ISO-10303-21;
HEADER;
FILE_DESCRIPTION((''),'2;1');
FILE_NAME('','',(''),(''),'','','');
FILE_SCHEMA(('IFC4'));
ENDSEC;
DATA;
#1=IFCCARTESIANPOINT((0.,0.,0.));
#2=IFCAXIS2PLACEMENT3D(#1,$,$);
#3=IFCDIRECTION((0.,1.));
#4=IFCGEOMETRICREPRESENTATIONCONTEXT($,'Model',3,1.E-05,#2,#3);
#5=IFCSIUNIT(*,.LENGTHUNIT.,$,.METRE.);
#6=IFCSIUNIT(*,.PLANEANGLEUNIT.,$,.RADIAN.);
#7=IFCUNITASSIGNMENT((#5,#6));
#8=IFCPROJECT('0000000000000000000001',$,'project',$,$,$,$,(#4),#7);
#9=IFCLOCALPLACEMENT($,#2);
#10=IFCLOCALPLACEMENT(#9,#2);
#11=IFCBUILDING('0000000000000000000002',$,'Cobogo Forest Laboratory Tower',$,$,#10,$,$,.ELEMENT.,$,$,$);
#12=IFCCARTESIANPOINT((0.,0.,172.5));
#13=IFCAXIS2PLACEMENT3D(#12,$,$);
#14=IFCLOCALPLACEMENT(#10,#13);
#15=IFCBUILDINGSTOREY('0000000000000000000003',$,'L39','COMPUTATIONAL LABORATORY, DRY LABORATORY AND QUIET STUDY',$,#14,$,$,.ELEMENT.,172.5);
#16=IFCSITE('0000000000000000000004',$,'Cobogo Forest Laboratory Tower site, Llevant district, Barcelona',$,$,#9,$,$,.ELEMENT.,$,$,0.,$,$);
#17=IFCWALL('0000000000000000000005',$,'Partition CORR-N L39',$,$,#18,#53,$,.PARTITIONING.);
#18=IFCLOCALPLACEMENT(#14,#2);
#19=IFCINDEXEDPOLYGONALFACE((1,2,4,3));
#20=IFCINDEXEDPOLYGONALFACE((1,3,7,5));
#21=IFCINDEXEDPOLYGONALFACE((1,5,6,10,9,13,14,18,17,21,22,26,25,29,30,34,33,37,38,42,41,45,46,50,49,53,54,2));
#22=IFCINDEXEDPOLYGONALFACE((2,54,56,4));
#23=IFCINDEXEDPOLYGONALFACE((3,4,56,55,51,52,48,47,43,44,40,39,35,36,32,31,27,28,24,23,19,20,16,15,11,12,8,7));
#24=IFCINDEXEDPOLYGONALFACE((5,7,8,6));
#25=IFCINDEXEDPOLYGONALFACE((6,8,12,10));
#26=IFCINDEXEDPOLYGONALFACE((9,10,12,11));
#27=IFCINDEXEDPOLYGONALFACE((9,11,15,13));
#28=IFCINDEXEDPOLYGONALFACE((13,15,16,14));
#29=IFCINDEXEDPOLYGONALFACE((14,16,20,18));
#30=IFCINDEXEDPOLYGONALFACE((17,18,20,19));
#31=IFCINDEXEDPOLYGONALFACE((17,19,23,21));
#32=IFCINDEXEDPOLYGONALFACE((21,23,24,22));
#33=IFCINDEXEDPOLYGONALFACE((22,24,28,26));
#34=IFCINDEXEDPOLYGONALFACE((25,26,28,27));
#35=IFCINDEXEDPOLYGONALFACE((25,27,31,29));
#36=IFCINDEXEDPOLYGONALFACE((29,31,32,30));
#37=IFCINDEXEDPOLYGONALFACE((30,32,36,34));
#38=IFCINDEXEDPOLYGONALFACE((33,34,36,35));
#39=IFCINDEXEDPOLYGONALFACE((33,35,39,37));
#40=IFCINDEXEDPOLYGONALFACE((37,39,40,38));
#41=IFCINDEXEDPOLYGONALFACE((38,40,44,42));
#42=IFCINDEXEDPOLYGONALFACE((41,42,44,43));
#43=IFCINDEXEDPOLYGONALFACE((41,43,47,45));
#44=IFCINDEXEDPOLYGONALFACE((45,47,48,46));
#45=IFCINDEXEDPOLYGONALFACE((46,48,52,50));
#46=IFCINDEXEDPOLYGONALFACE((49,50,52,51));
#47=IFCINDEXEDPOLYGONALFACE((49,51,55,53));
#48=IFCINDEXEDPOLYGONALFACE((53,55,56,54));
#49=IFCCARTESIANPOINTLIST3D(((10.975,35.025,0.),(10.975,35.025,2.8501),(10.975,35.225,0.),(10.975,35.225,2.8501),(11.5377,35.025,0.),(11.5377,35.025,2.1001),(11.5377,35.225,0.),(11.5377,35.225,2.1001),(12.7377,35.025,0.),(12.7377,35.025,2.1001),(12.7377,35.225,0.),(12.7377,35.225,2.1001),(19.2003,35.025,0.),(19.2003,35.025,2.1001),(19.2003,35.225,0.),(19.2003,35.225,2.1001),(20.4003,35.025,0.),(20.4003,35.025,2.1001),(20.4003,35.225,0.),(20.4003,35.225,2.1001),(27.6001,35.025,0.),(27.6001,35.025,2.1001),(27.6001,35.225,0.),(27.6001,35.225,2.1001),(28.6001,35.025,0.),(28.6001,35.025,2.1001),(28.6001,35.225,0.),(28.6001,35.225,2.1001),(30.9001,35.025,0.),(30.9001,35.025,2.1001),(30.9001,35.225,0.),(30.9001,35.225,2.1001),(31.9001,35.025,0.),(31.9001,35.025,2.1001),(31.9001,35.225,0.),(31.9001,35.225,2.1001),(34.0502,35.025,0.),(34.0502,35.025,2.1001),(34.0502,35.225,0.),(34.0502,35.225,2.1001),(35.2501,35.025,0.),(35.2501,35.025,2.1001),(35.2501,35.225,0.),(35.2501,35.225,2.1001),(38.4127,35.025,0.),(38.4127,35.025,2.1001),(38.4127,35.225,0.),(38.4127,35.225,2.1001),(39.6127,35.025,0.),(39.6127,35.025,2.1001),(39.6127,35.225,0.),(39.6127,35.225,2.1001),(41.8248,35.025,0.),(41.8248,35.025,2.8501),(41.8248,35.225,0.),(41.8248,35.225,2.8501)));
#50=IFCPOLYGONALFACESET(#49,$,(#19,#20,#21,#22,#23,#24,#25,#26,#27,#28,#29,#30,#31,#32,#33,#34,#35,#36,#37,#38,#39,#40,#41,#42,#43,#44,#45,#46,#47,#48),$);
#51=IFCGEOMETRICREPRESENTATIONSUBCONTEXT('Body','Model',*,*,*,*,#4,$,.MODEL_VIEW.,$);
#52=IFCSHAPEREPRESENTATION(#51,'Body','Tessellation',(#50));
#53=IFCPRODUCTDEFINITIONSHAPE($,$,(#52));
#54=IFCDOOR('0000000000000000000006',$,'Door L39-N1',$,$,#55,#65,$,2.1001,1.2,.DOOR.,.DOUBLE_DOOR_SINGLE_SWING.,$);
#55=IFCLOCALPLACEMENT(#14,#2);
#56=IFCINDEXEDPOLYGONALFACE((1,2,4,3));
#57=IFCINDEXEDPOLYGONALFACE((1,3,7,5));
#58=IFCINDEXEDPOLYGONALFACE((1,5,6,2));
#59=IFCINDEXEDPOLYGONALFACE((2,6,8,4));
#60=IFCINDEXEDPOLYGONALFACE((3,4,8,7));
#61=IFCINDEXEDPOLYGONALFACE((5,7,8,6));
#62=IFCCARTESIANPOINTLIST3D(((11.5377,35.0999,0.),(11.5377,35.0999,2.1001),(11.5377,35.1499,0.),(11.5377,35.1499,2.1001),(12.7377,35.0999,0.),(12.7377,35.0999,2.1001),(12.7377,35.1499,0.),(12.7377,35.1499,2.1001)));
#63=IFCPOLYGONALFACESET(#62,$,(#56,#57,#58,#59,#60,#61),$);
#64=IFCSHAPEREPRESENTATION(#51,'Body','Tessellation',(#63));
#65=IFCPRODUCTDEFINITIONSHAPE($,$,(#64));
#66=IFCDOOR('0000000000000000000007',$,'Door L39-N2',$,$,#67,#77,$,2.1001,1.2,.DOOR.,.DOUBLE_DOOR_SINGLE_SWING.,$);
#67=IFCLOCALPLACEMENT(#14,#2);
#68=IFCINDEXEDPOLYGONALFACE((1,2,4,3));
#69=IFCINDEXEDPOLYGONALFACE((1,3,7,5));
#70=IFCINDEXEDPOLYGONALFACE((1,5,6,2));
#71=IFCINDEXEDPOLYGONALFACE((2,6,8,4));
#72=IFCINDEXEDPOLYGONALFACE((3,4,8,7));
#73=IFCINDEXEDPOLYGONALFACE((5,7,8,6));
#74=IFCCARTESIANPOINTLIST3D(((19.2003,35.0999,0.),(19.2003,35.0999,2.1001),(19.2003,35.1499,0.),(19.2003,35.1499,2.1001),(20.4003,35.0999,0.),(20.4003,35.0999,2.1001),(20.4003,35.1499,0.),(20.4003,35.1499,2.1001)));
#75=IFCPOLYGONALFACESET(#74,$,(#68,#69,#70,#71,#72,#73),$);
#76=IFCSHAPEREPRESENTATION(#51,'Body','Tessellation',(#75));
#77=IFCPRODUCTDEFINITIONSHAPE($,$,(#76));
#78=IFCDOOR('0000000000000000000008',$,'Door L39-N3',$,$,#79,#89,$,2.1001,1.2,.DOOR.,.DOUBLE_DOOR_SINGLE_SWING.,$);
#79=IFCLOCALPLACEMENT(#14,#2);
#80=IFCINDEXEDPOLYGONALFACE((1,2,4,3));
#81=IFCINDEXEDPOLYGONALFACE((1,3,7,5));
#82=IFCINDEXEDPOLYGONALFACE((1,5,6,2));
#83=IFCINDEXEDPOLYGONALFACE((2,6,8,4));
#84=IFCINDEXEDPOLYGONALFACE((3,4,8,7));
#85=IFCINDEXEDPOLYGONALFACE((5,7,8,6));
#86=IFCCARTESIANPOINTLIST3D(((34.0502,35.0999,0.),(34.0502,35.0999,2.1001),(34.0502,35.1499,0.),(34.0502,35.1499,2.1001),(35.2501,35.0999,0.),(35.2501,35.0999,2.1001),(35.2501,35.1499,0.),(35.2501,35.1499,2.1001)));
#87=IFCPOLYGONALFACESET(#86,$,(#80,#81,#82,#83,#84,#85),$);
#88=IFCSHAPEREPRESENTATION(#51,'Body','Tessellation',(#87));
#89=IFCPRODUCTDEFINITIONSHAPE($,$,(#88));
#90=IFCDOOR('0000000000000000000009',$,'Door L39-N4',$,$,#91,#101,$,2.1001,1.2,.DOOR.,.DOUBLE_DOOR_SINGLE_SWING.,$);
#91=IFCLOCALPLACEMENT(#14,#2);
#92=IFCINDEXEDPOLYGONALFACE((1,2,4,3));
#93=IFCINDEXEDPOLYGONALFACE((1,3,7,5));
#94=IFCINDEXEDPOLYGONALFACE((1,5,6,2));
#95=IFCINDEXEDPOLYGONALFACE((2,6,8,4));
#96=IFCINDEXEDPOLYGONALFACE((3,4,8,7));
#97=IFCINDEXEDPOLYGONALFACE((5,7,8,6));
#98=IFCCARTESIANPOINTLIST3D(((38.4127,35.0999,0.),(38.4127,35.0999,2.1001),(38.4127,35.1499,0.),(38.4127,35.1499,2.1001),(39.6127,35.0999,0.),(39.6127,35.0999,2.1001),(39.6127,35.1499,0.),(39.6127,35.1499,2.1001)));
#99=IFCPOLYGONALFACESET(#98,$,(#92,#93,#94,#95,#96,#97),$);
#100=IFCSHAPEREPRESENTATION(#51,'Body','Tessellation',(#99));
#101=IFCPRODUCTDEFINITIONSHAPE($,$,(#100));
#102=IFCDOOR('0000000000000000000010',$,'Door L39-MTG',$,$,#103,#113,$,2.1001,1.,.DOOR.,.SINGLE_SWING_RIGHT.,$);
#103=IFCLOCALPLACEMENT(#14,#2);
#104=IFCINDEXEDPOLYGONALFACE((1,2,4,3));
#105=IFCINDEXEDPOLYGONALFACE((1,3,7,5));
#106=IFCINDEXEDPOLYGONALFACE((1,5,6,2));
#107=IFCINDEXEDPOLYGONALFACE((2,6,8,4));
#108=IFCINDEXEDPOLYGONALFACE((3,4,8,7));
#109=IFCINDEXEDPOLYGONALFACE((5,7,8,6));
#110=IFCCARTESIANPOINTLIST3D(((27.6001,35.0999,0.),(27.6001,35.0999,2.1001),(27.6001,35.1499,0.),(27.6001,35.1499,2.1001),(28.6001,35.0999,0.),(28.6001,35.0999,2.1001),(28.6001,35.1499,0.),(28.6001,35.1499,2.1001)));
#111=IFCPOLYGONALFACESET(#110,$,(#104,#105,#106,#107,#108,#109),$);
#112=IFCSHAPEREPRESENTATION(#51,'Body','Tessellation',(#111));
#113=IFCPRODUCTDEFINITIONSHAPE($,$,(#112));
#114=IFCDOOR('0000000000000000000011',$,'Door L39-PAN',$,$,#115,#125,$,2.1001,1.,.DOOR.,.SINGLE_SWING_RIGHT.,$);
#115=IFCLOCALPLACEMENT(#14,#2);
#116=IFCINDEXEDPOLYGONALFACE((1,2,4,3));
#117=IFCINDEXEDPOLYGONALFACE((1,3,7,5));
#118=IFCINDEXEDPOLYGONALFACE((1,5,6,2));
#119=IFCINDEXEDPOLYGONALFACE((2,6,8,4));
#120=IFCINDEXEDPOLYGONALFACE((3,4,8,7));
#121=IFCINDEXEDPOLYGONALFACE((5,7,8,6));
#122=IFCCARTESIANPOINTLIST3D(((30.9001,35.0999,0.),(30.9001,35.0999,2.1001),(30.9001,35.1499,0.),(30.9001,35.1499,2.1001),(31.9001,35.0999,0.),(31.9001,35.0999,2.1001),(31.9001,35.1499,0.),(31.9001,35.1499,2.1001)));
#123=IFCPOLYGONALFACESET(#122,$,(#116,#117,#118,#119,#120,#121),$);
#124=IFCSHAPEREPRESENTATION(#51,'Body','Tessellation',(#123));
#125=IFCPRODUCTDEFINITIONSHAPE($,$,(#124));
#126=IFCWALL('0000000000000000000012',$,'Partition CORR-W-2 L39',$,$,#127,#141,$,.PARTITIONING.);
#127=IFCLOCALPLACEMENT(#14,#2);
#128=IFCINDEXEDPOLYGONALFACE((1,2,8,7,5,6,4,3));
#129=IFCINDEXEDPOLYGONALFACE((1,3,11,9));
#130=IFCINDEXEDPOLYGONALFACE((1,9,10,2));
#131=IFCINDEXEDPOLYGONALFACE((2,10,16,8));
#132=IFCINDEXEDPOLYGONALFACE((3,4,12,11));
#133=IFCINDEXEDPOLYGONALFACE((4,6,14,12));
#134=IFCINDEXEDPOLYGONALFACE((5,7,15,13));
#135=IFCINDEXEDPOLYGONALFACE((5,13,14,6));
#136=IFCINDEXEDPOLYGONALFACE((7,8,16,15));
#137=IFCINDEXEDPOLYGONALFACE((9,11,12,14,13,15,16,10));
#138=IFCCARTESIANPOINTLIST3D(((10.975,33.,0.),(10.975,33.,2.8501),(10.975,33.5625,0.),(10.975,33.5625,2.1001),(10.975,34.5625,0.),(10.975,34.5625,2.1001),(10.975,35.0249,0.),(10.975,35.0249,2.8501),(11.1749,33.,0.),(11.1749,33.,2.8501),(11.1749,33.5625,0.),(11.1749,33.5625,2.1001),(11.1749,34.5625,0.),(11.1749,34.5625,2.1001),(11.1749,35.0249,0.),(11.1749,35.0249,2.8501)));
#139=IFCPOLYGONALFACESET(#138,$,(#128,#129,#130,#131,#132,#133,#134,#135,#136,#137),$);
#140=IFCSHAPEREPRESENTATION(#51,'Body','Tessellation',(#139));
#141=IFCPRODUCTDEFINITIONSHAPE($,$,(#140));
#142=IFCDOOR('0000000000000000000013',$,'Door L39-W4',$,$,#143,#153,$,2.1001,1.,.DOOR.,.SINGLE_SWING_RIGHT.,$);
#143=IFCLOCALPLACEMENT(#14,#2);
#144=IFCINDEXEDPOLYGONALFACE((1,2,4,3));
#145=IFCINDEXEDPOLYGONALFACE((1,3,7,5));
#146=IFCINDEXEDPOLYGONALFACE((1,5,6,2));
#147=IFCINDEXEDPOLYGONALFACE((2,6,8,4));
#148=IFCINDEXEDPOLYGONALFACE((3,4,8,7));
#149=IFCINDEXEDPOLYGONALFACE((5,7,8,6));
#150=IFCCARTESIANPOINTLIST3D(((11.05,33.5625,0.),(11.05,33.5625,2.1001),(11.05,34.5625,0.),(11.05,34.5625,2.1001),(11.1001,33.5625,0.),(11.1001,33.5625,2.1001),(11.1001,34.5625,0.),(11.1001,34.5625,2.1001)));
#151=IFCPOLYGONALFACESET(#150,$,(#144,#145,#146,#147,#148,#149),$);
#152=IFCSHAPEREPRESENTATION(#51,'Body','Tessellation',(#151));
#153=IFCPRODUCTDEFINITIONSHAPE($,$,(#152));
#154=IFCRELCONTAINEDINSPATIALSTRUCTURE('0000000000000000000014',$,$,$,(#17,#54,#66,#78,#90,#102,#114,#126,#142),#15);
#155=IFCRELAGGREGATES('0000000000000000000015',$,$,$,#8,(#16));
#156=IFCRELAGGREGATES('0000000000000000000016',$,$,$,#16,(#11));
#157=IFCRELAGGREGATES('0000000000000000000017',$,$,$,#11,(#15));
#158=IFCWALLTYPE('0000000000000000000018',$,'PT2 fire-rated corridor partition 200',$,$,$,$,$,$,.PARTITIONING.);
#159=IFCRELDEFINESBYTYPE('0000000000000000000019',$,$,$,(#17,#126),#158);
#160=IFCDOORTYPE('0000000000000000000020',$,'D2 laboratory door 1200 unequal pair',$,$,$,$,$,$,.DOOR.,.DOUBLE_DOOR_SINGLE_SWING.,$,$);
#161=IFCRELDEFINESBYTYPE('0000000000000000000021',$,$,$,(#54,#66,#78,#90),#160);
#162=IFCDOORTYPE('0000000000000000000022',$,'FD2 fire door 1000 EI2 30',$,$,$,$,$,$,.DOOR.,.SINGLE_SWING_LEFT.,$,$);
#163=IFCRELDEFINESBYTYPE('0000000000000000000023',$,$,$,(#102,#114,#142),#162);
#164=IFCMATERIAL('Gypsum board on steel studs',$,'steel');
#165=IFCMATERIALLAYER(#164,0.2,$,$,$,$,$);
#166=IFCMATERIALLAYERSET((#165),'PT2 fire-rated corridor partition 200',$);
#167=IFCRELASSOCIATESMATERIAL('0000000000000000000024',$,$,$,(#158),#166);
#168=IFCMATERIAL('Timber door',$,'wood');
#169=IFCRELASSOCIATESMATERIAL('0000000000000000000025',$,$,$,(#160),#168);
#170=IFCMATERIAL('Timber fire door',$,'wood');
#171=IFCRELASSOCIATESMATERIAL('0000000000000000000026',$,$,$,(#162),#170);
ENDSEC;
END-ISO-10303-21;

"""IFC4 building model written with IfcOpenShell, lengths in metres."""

from ifc_helpers import new_model, si_unit, direction, frame, frame_2d, origin, place, context, subcontext, project, spatial, rectangle, extrude, material, layer, layer_set, type_object, element, fill, save


model = new_model("IFC4")

# Units and contexts
model_context = context("Model", 3, precision=1e-05, world=origin(), true_north=direction((0.0, 1.0)))
body_context = subcontext(model_context, "Body", "Model", "MODEL_VIEW")
ifc_project = project(units=[si_unit("LENGTHUNIT", "METRE"), si_unit("PLANEANGLEUNIT", "RADIAN")], contexts=[model_context])

# Site, building, storey
site_placement = place(None, origin())
site = spatial("IfcSite", under=ifc_project, at=site_placement, Name="Cobogo Forest Laboratory Tower site, Llevant district, Barcelona", CompositionType="ELEMENT", RefElevation=0.0)
building_placement = place(site_placement, origin())
building = spatial("IfcBuilding", under=site, at=building_placement, Name="Cobogo Forest Laboratory Tower", CompositionType="ELEMENT")
storey_placement = place(building_placement, frame((0.0, 0.0, 172.5)))
storey = spatial("IfcBuildingStorey", under=building, at=storey_placement, Name="L39", Description="COMPUTATIONAL LABORATORY, DRY LABORATORY AND QUIET STUDY", CompositionType="ELEMENT", Elevation=172.5)

# Shared definitions
ifc_material_1 = material(Name="Gypsum board on steel studs", Category="steel")

# Wall, openings, doors
ifc_layer_1 = layer(ifc_material_1, 0.2)
ifc_layer_set_1 = layer_set([ifc_layer_1], Name="PT2 fire-rated corridor partition 200")
wall_type_1 = type_object("IfcWallType", Name="PT2 fire-rated corridor partition 200", PredefinedType="PARTITIONING", material=ifc_layer_set_1)
wall_1_placement = place(storey_placement, frame((10.9751, 35.125, 0.0), z_axis=(0.0, 0.0, 1.0), x_axis=(1.0, 0.0, 0.0)))
wall_1 = element("IfcWall", 1, at=wall_1_placement, inside=storey, type_object=wall_type_1, Name="Partition CORR-N L39", PredefinedType="PARTITIONING", context=body_context, shape_type="SweptSolid", body=[
    extrude(rectangle(XDim=30.8499, YDim=0.2, at=frame_2d((15.4248, 0.0))), origin(), (0.0, 0.0, 1.0), 2.8501),
])
opening_1_placement = place(wall_1_placement, frame((0.5625, 0.0, 0.0)))
opening_1 = element("IfcOpeningElement", 2, at=opening_1_placement, cuts=wall_1, PredefinedType="OPENING", context=body_context, shape_type="SweptSolid", body=[
    extrude(rectangle(XDim=1.2, YDim=2.1001, at=frame_2d((0.6001, 1.05))), frame((0.0, 0.1099, 0.0), z_axis=(0.0, -1.0, 0.0), x_axis=(1.0, 0.0, 0.0)), (0.0, 0.0, 1.0), 0.22),
])
opening_2_placement = place(wall_1_placement, frame((8.2251, 0.0, 0.0)))
opening_2 = element("IfcOpeningElement", 3, at=opening_2_placement, cuts=wall_1, PredefinedType="OPENING", context=body_context, shape_type="SweptSolid", body=[
    extrude(rectangle(XDim=1.2, YDim=2.1001, at=frame_2d((0.6001, 1.05))), frame((0.0, 0.1099, 0.0), z_axis=(0.0, -1.0, 0.0), x_axis=(1.0, 0.0, 0.0)), (0.0, 0.0, 1.0), 0.22),
])
opening_3_placement = place(wall_1_placement, frame((16.625, 0.0, 0.0)))
opening_3 = element("IfcOpeningElement", 4, at=opening_3_placement, cuts=wall_1, PredefinedType="OPENING", context=body_context, shape_type="SweptSolid", body=[
    extrude(rectangle(XDim=1.0, YDim=2.1001, at=frame_2d((0.5, 1.05))), frame((0.0, 0.1099, 0.0), z_axis=(0.0, -1.0, 0.0), x_axis=(1.0, 0.0, 0.0)), (0.0, 0.0, 1.0), 0.22),
])
opening_4_placement = place(wall_1_placement, frame((19.925, 0.0, 0.0)))
opening_4 = element("IfcOpeningElement", 5, at=opening_4_placement, cuts=wall_1, PredefinedType="OPENING", context=body_context, shape_type="SweptSolid", body=[
    extrude(rectangle(XDim=1.0, YDim=2.1001, at=frame_2d((0.5, 1.05))), frame((0.0, 0.1099, 0.0), z_axis=(0.0, -1.0, 0.0), x_axis=(1.0, 0.0, 0.0)), (0.0, 0.0, 1.0), 0.22),
])
opening_5_placement = place(wall_1_placement, frame((23.075, 0.0, 0.0)))
opening_5 = element("IfcOpeningElement", 6, at=opening_5_placement, cuts=wall_1, PredefinedType="OPENING", context=body_context, shape_type="SweptSolid", body=[
    extrude(rectangle(XDim=1.2, YDim=2.1001, at=frame_2d((0.6001, 1.05))), frame((0.0, 0.1099, 0.0), z_axis=(0.0, -1.0, 0.0), x_axis=(1.0, 0.0, 0.0)), (0.0, 0.0, 1.0), 0.22),
])
opening_6_placement = place(wall_1_placement, frame((27.4375, 0.0, 0.0)))
opening_6 = element("IfcOpeningElement", 7, at=opening_6_placement, cuts=wall_1, PredefinedType="OPENING", context=body_context, shape_type="SweptSolid", body=[
    extrude(rectangle(XDim=1.2, YDim=2.1001, at=frame_2d((0.6001, 1.05))), frame((0.0, 0.1099, 0.0), z_axis=(0.0, -1.0, 0.0), x_axis=(1.0, 0.0, 0.0)), (0.0, 0.0, 1.0), 0.22),
])
ifc_material_2 = material(Name="Timber door", Category="wood")
door_type_1 = type_object("IfcDoorType", Name="D2 laboratory door 1200 unequal pair", OperationType="DOUBLE_DOOR_SINGLE_SWING", PredefinedType="DOOR", material=ifc_material_2)
door_1_placement = place(opening_1_placement, origin())
door_1 = element("IfcDoor", 8, at=door_1_placement, inside=storey, type_object=door_type_1, Name="Door L39-N1", OperationType="DOUBLE_DOOR_SINGLE_SWING", OverallHeight=2.1001, OverallWidth=1.2, PredefinedType="DOOR", context=body_context, shape_type="SweptSolid", body=[
    extrude(rectangle(XDim=1.2, YDim=2.1001, at=frame_2d((0.6001, 1.05))), frame((0.0, 0.0249, 0.0), z_axis=(0.0, -1.0, 0.0), x_axis=(1.0, 0.0, 0.0)), (0.0, 0.0, 1.0), 0.05),
])
fill(opening_1, door_1)
door_2_placement = place(opening_2_placement, origin())
door_2 = element("IfcDoor", 9, at=door_2_placement, inside=storey, type_object=door_type_1, Name="Door L39-N2", OperationType="DOUBLE_DOOR_SINGLE_SWING", OverallHeight=2.1001, OverallWidth=1.2, PredefinedType="DOOR", context=body_context, shape_type="SweptSolid", body=[
    extrude(rectangle(XDim=1.2, YDim=2.1001, at=frame_2d((0.6001, 1.05))), frame((0.0, 0.0249, 0.0), z_axis=(0.0, -1.0, 0.0), x_axis=(1.0, 0.0, 0.0)), (0.0, 0.0, 1.0), 0.05),
])
fill(opening_2, door_2)
door_3_placement = place(opening_5_placement, origin())
door_3 = element("IfcDoor", 10, at=door_3_placement, inside=storey, type_object=door_type_1, Name="Door L39-N3", OperationType="DOUBLE_DOOR_SINGLE_SWING", OverallHeight=2.1001, OverallWidth=1.2, PredefinedType="DOOR", context=body_context, shape_type="SweptSolid", body=[
    extrude(rectangle(XDim=1.2, YDim=2.1001, at=frame_2d((0.6001, 1.05))), frame((0.0, 0.0249, 0.0), z_axis=(0.0, -1.0, 0.0), x_axis=(1.0, 0.0, 0.0)), (0.0, 0.0, 1.0), 0.05),
])
fill(opening_5, door_3)
door_4_placement = place(opening_6_placement, origin())
door_4 = element("IfcDoor", 11, at=door_4_placement, inside=storey, type_object=door_type_1, Name="Door L39-N4", OperationType="DOUBLE_DOOR_SINGLE_SWING", OverallHeight=2.1001, OverallWidth=1.2, PredefinedType="DOOR", context=body_context, shape_type="SweptSolid", body=[
    extrude(rectangle(XDim=1.2, YDim=2.1001, at=frame_2d((0.6001, 1.05))), frame((0.0, 0.0249, 0.0), z_axis=(0.0, -1.0, 0.0), x_axis=(1.0, 0.0, 0.0)), (0.0, 0.0, 1.0), 0.05),
])
fill(opening_6, door_4)
ifc_material_3 = material(Name="Timber fire door", Category="wood")
door_type_2 = type_object("IfcDoorType", Name="FD2 fire door 1000 EI2 30", OperationType="SINGLE_SWING_LEFT", PredefinedType="DOOR", material=ifc_material_3)
door_5_placement = place(opening_3_placement, origin())
door_5 = element("IfcDoor", 12, at=door_5_placement, inside=storey, type_object=door_type_2, Name="Door L39-MTG", OperationType="SINGLE_SWING_RIGHT", OverallHeight=2.1001, OverallWidth=1.0, PredefinedType="DOOR", context=body_context, shape_type="SweptSolid", body=[
    extrude(rectangle(XDim=1.0, YDim=2.1001, at=frame_2d((0.5, 1.05))), frame((0.0, 0.0249, 0.0), z_axis=(0.0, -1.0, 0.0), x_axis=(1.0, 0.0, 0.0)), (0.0, 0.0, 1.0), 0.05),
])
fill(opening_3, door_5)
door_6_placement = place(opening_4_placement, origin())
door_6 = element("IfcDoor", 13, at=door_6_placement, inside=storey, type_object=door_type_2, Name="Door L39-PAN", OperationType="SINGLE_SWING_RIGHT", OverallHeight=2.1001, OverallWidth=1.0, PredefinedType="DOOR", context=body_context, shape_type="SweptSolid", body=[
    extrude(rectangle(XDim=1.0, YDim=2.1001, at=frame_2d((0.5, 1.05))), frame((0.0, 0.0249, 0.0), z_axis=(0.0, -1.0, 0.0), x_axis=(1.0, 0.0, 0.0)), (0.0, 0.0, 1.0), 0.05),
])
fill(opening_4, door_6)

# Wall, opening, door
wall_2_placement = place(storey_placement, frame((11.075, 33.0, 0.0), z_axis=(0.0, 0.0, 1.0), x_axis=(0.0, 1.0, 0.0)))
wall_2 = element("IfcWall", 14, at=wall_2_placement, inside=storey, type_object=wall_type_1, Name="Partition CORR-W-2 L39", PredefinedType="PARTITIONING", context=body_context, shape_type="SweptSolid", body=[
    extrude(rectangle(XDim=2.0249, YDim=0.2, at=frame_2d((1.0125, 0.0))), origin(), (0.0, 0.0, 1.0), 2.8501),
])
opening_7_placement = place(wall_2_placement, frame((0.5625, 0.0, 0.0)))
opening_7 = element("IfcOpeningElement", 15, at=opening_7_placement, cuts=wall_2, PredefinedType="OPENING", context=body_context, shape_type="SweptSolid", body=[
    extrude(rectangle(XDim=1.0, YDim=2.1001, at=frame_2d((0.5, 1.05))), frame((0.0, 0.1099, 0.0), z_axis=(0.0, -1.0, 0.0), x_axis=(1.0, 0.0, 0.0)), (0.0, 0.0, 1.0), 0.22),
])
door_7_placement = place(opening_7_placement, origin())
door_7 = element("IfcDoor", 16, at=door_7_placement, inside=storey, type_object=door_type_2, Name="Door L39-W4", OperationType="SINGLE_SWING_RIGHT", OverallHeight=2.1001, OverallWidth=1.0, PredefinedType="DOOR", context=body_context, shape_type="SweptSolid", body=[
    extrude(rectangle(XDim=1.0, YDim=2.1001, at=frame_2d((0.5, 1.05))), frame((0.0, 0.0249, 0.0), z_axis=(0.0, -1.0, 0.0), x_axis=(1.0, 0.0, 0.0)), (0.0, 0.0, 1.0), 0.05),
])
fill(opening_7, door_7)

save(model, "model.ifc")
